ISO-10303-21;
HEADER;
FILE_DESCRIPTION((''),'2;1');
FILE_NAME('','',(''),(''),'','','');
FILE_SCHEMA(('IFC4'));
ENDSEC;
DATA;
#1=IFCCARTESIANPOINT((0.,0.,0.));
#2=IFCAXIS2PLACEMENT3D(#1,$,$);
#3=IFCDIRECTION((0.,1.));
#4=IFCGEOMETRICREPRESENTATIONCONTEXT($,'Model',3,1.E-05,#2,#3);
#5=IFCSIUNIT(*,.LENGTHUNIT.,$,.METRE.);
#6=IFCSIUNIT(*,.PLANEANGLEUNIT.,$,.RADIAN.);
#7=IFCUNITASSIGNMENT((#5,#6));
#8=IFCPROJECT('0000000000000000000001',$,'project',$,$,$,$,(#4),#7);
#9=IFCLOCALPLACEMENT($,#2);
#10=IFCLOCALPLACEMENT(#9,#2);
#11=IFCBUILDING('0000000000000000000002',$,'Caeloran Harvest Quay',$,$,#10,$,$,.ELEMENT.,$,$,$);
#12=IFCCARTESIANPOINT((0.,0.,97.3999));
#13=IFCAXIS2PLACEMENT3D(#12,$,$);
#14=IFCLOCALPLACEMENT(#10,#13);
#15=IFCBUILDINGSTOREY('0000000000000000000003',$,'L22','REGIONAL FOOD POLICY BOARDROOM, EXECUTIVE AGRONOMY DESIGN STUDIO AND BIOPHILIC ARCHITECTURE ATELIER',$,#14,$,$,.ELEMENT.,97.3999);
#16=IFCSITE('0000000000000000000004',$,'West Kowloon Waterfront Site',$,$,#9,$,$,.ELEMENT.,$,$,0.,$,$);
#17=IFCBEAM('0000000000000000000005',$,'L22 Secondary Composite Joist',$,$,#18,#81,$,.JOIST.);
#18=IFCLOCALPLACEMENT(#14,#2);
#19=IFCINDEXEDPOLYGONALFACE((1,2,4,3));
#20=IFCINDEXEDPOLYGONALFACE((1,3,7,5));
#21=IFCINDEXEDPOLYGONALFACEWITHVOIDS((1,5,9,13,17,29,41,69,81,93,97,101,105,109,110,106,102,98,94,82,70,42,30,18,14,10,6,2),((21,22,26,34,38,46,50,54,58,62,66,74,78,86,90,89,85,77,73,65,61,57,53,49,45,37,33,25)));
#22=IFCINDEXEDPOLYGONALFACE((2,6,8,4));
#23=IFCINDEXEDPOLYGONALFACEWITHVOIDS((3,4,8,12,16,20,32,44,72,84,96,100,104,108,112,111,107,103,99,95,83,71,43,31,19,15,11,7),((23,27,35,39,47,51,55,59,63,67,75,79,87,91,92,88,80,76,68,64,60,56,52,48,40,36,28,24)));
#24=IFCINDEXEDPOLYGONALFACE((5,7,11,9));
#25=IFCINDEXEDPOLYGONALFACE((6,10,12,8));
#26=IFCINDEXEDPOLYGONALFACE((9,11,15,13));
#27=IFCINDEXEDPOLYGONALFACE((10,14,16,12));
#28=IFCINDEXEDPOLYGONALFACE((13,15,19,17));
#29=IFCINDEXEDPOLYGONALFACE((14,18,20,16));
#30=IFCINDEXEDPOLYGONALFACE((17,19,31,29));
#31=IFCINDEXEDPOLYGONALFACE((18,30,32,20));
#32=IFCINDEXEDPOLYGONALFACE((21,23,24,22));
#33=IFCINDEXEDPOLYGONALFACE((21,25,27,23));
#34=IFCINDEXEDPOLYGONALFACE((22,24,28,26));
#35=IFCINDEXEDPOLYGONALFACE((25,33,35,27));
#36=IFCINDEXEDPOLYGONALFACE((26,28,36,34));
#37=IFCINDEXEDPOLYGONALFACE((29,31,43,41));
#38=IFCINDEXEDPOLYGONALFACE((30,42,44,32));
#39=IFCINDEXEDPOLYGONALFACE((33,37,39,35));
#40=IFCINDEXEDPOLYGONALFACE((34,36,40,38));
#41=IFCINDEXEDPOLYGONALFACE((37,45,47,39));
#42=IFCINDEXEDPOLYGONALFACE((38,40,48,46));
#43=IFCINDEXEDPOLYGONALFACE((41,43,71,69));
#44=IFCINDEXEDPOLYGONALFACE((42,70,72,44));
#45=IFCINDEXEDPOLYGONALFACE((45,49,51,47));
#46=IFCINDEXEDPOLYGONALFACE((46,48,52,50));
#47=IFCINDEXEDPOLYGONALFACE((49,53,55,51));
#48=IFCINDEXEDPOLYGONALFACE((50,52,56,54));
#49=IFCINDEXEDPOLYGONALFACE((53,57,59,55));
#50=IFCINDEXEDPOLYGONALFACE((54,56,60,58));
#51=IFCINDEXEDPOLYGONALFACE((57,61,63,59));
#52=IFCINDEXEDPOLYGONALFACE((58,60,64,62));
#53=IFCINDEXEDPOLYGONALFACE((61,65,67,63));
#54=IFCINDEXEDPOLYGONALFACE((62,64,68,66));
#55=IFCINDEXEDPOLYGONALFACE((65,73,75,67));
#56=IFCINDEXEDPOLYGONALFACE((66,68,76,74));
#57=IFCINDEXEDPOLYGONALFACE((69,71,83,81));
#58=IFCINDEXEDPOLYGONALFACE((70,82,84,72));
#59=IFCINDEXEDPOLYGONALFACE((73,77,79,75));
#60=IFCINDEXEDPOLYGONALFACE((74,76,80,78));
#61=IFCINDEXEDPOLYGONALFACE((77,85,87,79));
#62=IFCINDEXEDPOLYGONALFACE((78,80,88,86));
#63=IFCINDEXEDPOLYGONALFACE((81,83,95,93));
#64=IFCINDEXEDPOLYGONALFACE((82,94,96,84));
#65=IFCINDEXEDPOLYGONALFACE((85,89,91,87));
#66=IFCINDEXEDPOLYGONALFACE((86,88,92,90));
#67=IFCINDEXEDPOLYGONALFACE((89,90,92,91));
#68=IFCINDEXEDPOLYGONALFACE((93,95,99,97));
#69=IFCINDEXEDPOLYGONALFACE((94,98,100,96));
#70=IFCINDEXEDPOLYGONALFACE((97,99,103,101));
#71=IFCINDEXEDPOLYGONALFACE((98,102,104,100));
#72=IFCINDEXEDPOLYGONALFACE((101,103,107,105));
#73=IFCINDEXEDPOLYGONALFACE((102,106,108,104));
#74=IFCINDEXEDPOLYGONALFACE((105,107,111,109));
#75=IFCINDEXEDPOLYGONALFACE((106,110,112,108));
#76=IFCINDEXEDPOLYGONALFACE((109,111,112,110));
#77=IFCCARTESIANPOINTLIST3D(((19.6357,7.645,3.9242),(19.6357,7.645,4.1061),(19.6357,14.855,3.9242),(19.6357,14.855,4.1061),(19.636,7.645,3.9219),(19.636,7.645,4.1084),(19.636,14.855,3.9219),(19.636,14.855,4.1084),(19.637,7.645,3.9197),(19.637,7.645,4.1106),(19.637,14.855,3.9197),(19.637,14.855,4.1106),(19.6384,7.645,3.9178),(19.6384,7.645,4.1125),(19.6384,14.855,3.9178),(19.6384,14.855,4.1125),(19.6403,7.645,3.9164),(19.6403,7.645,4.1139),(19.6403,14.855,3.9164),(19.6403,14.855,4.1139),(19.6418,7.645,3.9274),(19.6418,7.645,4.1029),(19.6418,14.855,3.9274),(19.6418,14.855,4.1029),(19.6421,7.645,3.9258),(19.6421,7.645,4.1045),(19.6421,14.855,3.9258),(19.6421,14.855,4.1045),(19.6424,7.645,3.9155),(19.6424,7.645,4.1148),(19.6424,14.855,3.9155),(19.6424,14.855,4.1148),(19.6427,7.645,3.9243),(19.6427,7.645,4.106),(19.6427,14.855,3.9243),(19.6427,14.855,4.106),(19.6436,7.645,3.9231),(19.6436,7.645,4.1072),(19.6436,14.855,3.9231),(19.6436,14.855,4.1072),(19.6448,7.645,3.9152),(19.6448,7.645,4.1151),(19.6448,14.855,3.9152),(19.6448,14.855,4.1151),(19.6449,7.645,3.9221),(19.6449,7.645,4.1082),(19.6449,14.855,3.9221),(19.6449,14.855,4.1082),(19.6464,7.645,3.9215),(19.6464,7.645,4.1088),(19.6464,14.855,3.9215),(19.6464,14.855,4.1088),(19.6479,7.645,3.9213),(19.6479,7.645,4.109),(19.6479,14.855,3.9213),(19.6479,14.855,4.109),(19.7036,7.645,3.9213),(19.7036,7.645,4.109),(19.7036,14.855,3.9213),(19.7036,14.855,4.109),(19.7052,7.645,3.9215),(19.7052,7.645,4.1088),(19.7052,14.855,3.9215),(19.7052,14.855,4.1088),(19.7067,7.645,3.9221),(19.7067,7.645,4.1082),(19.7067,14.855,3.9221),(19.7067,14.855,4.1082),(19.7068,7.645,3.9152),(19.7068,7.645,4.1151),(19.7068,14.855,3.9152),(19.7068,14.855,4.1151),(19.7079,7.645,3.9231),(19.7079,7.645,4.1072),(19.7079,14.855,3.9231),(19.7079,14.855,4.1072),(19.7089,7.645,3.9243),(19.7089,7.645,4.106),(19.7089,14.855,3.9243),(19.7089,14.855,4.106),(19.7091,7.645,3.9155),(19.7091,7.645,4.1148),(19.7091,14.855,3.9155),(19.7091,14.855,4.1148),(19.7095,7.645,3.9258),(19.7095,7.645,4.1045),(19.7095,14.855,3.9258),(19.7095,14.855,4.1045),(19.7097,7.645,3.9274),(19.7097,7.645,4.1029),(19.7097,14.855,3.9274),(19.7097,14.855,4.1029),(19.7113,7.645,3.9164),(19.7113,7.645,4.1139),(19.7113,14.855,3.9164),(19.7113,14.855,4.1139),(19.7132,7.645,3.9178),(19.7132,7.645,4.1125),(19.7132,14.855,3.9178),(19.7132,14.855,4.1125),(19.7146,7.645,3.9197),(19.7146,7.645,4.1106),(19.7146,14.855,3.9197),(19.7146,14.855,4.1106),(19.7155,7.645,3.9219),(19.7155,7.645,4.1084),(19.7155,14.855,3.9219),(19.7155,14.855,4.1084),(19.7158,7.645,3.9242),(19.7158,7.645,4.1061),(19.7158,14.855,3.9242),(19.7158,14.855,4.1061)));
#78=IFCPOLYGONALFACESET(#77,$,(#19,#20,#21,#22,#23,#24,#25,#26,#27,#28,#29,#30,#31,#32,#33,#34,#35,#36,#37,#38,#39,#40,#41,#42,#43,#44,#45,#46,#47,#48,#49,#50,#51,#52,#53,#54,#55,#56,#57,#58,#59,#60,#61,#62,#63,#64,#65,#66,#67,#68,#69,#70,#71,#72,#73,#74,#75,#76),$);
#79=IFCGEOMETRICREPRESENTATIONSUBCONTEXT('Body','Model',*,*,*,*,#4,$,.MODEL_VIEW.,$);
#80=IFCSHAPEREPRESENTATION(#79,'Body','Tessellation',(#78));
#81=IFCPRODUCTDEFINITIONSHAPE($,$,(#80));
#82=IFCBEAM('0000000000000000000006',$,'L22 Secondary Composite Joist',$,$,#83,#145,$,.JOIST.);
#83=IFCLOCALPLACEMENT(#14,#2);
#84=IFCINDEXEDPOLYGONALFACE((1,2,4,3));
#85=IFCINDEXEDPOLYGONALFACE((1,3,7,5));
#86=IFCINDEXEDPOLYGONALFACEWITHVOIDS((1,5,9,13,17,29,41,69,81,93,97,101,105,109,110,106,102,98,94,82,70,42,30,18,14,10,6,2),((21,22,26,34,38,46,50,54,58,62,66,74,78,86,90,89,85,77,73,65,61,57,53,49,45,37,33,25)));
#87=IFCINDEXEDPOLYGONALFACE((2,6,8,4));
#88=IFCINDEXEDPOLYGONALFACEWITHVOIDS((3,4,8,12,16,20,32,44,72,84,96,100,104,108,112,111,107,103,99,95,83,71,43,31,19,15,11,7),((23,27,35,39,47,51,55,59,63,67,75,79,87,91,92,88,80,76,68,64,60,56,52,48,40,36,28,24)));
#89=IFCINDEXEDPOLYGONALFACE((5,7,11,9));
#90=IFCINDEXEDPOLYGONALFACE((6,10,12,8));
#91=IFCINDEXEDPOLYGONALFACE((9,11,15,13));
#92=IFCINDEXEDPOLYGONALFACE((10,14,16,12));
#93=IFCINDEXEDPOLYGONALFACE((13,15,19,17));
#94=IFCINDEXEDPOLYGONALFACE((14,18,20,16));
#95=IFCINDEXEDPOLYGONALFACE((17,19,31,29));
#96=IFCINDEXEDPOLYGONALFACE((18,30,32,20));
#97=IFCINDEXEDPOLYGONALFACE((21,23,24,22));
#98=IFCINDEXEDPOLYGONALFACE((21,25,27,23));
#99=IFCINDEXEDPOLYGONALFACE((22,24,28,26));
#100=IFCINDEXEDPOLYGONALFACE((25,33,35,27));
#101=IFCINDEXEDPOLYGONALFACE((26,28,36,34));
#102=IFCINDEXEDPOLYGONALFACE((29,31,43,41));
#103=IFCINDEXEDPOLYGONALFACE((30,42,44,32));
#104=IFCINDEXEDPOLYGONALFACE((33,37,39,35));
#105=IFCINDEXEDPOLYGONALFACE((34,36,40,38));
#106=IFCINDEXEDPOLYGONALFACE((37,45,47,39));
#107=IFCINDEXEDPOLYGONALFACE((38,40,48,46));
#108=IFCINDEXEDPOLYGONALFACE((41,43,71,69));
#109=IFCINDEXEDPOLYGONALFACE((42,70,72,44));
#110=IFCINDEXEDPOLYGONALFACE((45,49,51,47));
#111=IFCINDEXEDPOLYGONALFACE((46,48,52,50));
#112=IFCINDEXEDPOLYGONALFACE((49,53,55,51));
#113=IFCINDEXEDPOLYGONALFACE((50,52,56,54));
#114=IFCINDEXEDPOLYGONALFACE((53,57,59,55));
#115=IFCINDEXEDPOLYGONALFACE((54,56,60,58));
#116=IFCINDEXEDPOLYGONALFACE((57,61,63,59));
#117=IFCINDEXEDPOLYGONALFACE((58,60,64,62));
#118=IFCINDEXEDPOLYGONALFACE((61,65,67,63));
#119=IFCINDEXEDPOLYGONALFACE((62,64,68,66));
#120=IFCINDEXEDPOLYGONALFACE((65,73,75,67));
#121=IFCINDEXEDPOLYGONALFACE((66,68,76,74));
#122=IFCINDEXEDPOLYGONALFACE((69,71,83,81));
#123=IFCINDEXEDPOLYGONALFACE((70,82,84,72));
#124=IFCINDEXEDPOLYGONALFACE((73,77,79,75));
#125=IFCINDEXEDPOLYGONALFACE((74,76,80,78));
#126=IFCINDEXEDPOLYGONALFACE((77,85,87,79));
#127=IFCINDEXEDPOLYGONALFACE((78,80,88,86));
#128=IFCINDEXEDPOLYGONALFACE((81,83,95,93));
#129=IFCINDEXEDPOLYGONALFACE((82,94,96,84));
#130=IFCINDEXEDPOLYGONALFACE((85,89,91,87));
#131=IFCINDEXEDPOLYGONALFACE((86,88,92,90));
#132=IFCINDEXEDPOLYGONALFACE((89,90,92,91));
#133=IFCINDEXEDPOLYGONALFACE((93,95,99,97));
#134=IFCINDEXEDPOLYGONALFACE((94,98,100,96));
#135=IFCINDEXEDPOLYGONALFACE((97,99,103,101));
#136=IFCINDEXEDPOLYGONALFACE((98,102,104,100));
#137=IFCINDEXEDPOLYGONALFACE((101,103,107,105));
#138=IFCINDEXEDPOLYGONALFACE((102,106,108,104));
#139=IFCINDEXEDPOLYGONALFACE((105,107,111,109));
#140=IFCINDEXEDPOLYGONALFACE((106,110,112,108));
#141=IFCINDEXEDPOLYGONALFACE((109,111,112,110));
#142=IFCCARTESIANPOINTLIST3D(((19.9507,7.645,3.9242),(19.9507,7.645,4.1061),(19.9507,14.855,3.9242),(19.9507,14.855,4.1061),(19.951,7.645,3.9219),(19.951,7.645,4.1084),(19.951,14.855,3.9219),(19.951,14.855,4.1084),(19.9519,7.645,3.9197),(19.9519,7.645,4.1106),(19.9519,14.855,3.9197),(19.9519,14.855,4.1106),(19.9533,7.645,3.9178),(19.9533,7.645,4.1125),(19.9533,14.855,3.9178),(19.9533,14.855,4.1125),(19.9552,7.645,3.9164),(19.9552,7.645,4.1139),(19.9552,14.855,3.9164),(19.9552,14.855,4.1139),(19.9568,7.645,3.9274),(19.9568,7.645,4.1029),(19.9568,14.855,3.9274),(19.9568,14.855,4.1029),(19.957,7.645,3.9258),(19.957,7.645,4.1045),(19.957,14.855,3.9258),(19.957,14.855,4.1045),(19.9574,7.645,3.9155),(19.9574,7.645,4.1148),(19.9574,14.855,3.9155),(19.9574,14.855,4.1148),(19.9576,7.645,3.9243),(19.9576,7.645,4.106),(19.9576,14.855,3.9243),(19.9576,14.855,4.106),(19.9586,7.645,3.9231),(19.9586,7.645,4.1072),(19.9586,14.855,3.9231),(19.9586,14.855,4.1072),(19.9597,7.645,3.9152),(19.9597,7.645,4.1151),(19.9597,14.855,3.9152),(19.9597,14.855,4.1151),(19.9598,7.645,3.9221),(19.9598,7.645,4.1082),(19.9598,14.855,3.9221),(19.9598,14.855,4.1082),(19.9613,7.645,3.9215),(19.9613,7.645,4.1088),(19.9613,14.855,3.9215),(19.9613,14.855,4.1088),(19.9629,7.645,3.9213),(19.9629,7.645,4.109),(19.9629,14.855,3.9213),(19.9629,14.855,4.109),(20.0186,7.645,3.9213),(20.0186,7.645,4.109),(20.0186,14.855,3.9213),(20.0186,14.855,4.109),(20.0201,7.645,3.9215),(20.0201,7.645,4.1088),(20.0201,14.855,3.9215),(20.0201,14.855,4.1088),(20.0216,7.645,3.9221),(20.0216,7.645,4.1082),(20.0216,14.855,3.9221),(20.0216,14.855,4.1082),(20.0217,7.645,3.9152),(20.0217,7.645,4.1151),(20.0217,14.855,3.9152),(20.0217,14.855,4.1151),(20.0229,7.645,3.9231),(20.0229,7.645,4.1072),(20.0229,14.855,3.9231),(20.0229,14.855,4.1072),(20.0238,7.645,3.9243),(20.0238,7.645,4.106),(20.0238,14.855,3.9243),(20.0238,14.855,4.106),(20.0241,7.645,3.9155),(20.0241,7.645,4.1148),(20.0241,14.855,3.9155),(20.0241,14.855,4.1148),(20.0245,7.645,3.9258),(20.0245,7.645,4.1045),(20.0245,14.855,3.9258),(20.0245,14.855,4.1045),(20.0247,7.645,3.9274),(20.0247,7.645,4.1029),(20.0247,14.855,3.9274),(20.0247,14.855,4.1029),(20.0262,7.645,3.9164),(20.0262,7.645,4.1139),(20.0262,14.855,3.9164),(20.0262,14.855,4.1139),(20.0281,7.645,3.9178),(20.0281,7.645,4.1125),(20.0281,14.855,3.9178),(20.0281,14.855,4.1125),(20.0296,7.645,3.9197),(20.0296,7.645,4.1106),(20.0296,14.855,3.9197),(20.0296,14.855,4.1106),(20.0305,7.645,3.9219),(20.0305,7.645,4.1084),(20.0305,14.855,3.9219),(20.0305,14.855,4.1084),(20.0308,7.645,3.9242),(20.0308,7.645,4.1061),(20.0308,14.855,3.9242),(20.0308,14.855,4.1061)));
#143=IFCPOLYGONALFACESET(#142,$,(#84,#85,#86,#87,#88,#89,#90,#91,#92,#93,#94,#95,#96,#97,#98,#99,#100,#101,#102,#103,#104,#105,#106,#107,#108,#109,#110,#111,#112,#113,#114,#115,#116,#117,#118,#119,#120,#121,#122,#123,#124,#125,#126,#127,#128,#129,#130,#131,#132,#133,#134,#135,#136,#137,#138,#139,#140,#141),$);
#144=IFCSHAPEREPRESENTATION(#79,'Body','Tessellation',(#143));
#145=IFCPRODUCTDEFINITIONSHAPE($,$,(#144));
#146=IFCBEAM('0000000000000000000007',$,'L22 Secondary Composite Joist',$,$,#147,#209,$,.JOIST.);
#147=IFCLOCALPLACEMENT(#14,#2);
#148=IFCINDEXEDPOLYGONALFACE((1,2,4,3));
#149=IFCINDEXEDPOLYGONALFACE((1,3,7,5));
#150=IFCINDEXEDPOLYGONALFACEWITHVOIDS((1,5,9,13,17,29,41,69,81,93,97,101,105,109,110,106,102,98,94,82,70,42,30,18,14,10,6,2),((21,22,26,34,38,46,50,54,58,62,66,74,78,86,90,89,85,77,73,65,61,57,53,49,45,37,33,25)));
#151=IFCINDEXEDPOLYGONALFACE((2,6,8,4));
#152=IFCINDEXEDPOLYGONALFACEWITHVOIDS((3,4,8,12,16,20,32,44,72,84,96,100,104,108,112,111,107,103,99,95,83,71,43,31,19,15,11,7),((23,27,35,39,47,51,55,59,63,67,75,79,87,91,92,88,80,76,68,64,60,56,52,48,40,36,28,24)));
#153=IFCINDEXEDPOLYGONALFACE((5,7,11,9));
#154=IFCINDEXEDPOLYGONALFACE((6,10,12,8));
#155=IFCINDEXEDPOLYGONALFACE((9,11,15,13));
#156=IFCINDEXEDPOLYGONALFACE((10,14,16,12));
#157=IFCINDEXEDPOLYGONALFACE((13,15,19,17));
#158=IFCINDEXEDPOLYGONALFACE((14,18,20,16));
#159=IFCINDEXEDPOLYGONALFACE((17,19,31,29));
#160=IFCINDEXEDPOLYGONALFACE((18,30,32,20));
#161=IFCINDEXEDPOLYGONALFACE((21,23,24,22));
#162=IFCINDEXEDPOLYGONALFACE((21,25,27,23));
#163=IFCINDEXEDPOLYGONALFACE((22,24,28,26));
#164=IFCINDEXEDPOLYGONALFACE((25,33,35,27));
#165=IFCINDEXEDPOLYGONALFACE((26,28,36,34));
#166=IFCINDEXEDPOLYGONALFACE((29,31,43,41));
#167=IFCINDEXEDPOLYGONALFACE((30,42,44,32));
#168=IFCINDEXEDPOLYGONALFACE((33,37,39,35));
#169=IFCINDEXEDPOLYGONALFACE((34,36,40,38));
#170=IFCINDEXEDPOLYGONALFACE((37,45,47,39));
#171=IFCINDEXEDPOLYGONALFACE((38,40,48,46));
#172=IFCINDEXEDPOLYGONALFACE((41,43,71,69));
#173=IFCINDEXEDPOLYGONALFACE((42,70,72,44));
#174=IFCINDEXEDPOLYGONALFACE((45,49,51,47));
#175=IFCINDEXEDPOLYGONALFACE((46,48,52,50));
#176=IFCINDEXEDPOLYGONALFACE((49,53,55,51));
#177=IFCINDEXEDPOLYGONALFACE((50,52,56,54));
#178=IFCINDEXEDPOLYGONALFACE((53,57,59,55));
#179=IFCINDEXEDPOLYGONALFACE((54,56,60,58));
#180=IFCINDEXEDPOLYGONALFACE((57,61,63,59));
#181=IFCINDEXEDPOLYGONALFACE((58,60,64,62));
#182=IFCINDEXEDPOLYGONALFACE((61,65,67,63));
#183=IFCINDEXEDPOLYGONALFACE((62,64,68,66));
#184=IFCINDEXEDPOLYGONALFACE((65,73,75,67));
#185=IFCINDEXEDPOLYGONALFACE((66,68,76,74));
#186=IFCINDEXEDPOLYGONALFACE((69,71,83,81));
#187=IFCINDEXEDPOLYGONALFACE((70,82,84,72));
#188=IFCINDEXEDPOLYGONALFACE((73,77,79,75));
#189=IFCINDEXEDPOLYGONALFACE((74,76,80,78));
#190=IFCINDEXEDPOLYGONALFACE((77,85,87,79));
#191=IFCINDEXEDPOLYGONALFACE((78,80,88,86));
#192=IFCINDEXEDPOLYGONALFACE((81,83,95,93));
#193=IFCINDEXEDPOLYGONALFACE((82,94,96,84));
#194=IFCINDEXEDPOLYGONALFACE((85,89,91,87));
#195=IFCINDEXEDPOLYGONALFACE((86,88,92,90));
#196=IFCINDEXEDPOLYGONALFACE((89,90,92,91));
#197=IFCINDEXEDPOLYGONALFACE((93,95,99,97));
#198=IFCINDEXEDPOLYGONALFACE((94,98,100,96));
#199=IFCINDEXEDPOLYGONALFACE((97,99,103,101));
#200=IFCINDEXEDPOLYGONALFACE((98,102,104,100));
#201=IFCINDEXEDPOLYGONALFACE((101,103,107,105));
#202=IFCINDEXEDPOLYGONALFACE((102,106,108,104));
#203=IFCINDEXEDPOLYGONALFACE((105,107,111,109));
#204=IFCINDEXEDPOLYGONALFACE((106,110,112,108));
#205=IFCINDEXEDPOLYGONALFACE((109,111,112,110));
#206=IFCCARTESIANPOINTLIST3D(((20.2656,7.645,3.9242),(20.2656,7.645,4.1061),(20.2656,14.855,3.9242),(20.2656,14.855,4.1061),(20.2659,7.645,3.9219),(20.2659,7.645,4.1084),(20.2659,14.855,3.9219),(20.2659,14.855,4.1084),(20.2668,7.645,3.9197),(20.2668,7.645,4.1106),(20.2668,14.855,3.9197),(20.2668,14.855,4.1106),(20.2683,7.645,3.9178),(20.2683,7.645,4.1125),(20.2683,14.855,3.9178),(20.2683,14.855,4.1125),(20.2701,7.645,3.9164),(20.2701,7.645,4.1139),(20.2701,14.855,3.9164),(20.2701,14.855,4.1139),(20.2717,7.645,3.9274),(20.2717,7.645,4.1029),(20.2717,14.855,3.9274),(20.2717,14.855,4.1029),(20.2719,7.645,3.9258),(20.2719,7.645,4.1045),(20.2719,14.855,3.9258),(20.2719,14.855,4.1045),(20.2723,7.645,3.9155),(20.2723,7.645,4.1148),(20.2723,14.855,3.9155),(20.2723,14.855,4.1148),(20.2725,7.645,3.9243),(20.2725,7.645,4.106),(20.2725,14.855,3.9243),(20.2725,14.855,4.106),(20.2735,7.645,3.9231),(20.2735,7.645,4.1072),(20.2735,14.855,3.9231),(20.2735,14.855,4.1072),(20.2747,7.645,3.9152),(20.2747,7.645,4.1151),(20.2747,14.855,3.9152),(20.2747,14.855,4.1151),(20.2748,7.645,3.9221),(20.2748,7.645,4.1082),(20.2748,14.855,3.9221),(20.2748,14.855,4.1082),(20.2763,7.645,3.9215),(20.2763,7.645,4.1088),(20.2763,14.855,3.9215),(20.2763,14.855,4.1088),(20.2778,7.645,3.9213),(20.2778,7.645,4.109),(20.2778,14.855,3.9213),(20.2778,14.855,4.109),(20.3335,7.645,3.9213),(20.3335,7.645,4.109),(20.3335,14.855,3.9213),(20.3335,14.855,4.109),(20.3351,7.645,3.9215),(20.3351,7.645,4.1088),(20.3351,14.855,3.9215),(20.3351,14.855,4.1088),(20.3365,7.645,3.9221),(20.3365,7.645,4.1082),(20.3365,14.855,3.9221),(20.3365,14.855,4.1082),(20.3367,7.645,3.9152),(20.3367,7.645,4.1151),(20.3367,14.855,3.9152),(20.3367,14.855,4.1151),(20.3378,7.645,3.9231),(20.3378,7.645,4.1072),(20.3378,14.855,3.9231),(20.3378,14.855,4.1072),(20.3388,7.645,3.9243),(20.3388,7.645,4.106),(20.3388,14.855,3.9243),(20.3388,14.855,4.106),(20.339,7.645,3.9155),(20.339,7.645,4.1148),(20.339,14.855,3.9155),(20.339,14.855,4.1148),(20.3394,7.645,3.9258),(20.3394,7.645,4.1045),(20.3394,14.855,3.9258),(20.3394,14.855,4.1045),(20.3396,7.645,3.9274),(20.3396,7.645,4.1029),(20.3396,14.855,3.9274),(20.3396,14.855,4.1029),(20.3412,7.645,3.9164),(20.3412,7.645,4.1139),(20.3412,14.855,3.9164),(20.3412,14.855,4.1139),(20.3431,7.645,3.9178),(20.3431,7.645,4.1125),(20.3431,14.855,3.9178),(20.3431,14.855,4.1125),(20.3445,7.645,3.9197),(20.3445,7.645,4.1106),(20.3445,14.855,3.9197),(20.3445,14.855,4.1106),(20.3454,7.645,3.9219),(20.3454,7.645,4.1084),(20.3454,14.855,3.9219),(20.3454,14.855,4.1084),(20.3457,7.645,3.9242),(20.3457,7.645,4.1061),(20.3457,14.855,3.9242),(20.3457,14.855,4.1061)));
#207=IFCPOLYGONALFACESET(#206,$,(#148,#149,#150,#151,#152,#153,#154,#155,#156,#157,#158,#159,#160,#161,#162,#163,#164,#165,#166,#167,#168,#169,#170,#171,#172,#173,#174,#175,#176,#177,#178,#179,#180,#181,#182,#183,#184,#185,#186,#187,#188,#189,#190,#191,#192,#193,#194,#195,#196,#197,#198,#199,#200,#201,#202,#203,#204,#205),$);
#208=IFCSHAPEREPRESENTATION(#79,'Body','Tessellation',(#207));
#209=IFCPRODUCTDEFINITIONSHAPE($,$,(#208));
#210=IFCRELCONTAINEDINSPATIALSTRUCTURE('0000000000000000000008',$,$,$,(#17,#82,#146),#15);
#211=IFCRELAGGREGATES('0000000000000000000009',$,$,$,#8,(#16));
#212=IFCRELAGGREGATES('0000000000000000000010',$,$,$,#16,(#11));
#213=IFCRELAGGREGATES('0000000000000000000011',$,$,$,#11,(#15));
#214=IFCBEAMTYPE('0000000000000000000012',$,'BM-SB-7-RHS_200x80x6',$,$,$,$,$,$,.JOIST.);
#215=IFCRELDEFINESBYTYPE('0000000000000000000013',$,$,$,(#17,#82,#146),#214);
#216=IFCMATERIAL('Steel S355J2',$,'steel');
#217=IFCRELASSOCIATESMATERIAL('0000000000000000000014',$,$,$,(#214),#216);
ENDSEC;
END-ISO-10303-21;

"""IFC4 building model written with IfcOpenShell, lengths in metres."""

from ifc_helpers import new_model, si_unit, direction, frame, origin, origin_2d, place, context, subcontext, project, spatial, hollow_rectangle, extrude, material, material_profile, profile_set, type_object, element, save


model = new_model("IFC4")

# Units and contexts
model_context = context("Model", 3, precision=1e-05, world=origin(), true_north=direction((0.0, 1.0)))
body_context = subcontext(model_context, "Body", "Model", "MODEL_VIEW")
ifc_project = project(units=[si_unit("LENGTHUNIT", "METRE"), si_unit("PLANEANGLEUNIT", "RADIAN")], contexts=[model_context])

# Site, building, storey
site_placement = place(None, origin())
site = spatial("IfcSite", under=ifc_project, at=site_placement, Name="West Kowloon Waterfront Site", CompositionType="ELEMENT", RefElevation=0.0)
building_placement = place(site_placement, origin())
building = spatial("IfcBuilding", under=site, at=building_placement, Name="Caeloran Harvest Quay", CompositionType="ELEMENT")
storey_placement = place(building_placement, frame((0.0, 0.0, 97.3999)))
storey = spatial("IfcBuildingStorey", under=building, at=storey_placement, Name="L22", Description="REGIONAL FOOD POLICY BOARDROOM, EXECUTIVE AGRONOMY DESIGN STUDIO AND BIOPHILIC ARCHITECTURE ATELIER", CompositionType="ELEMENT", Elevation=97.3999)

# Beams
ifc_material = material(Name="Steel S355J2", Category="steel")
ifc_material_profile_1 = material_profile(ifc_material, hollow_rectangle(XDim=0.0801, YDim=0.2, WallThickness=0.0061, InnerFilletRadius=0.0061, OuterFilletRadius=0.009, at=origin_2d()), Name="RHS 200x80x6")
ifc_profile_set_1 = profile_set([ifc_material_profile_1], Name="Steel S355J2")
beam_type_1 = type_object("IfcBeamType", Name="BM-SB-7-RHS_200x80x6", PredefinedType="JOIST", material=ifc_profile_set_1)
for number, where, z_axis, x_axis, name in (
    (1, (19.6758, 7.645, 4.0151), (0.0, 1.0, 0.0), (-1.0, 0.0, 0.0), "L22 Secondary Composite Joist"),
    (2, (19.9907, 7.645, 4.0151), (0.0, 1.0, 0.0), (-1.0, 0.0, 0.0), "L22 Secondary Composite Joist"),
    (3, (20.3057, 7.645, 4.0151), (0.0, 1.0, 0.0), (-1.0, 0.0, 0.0), "L22 Secondary Composite Joist"),
):
    element("IfcBeam", number, at=place(storey_placement, frame(where, z_axis=z_axis, x_axis=x_axis)), inside=storey, type_object=beam_type_1, Name=name, PredefinedType="JOIST", context=body_context, shape_type="SweptSolid", body=[
        extrude(hollow_rectangle(XDim=0.0801, YDim=0.2, WallThickness=0.0061, InnerFilletRadius=0.0061, OuterFilletRadius=0.009, at=origin_2d()), origin(), (0.0, 0.0, 1.0), 7.21),
    ])

save(model, "model.ifc")
